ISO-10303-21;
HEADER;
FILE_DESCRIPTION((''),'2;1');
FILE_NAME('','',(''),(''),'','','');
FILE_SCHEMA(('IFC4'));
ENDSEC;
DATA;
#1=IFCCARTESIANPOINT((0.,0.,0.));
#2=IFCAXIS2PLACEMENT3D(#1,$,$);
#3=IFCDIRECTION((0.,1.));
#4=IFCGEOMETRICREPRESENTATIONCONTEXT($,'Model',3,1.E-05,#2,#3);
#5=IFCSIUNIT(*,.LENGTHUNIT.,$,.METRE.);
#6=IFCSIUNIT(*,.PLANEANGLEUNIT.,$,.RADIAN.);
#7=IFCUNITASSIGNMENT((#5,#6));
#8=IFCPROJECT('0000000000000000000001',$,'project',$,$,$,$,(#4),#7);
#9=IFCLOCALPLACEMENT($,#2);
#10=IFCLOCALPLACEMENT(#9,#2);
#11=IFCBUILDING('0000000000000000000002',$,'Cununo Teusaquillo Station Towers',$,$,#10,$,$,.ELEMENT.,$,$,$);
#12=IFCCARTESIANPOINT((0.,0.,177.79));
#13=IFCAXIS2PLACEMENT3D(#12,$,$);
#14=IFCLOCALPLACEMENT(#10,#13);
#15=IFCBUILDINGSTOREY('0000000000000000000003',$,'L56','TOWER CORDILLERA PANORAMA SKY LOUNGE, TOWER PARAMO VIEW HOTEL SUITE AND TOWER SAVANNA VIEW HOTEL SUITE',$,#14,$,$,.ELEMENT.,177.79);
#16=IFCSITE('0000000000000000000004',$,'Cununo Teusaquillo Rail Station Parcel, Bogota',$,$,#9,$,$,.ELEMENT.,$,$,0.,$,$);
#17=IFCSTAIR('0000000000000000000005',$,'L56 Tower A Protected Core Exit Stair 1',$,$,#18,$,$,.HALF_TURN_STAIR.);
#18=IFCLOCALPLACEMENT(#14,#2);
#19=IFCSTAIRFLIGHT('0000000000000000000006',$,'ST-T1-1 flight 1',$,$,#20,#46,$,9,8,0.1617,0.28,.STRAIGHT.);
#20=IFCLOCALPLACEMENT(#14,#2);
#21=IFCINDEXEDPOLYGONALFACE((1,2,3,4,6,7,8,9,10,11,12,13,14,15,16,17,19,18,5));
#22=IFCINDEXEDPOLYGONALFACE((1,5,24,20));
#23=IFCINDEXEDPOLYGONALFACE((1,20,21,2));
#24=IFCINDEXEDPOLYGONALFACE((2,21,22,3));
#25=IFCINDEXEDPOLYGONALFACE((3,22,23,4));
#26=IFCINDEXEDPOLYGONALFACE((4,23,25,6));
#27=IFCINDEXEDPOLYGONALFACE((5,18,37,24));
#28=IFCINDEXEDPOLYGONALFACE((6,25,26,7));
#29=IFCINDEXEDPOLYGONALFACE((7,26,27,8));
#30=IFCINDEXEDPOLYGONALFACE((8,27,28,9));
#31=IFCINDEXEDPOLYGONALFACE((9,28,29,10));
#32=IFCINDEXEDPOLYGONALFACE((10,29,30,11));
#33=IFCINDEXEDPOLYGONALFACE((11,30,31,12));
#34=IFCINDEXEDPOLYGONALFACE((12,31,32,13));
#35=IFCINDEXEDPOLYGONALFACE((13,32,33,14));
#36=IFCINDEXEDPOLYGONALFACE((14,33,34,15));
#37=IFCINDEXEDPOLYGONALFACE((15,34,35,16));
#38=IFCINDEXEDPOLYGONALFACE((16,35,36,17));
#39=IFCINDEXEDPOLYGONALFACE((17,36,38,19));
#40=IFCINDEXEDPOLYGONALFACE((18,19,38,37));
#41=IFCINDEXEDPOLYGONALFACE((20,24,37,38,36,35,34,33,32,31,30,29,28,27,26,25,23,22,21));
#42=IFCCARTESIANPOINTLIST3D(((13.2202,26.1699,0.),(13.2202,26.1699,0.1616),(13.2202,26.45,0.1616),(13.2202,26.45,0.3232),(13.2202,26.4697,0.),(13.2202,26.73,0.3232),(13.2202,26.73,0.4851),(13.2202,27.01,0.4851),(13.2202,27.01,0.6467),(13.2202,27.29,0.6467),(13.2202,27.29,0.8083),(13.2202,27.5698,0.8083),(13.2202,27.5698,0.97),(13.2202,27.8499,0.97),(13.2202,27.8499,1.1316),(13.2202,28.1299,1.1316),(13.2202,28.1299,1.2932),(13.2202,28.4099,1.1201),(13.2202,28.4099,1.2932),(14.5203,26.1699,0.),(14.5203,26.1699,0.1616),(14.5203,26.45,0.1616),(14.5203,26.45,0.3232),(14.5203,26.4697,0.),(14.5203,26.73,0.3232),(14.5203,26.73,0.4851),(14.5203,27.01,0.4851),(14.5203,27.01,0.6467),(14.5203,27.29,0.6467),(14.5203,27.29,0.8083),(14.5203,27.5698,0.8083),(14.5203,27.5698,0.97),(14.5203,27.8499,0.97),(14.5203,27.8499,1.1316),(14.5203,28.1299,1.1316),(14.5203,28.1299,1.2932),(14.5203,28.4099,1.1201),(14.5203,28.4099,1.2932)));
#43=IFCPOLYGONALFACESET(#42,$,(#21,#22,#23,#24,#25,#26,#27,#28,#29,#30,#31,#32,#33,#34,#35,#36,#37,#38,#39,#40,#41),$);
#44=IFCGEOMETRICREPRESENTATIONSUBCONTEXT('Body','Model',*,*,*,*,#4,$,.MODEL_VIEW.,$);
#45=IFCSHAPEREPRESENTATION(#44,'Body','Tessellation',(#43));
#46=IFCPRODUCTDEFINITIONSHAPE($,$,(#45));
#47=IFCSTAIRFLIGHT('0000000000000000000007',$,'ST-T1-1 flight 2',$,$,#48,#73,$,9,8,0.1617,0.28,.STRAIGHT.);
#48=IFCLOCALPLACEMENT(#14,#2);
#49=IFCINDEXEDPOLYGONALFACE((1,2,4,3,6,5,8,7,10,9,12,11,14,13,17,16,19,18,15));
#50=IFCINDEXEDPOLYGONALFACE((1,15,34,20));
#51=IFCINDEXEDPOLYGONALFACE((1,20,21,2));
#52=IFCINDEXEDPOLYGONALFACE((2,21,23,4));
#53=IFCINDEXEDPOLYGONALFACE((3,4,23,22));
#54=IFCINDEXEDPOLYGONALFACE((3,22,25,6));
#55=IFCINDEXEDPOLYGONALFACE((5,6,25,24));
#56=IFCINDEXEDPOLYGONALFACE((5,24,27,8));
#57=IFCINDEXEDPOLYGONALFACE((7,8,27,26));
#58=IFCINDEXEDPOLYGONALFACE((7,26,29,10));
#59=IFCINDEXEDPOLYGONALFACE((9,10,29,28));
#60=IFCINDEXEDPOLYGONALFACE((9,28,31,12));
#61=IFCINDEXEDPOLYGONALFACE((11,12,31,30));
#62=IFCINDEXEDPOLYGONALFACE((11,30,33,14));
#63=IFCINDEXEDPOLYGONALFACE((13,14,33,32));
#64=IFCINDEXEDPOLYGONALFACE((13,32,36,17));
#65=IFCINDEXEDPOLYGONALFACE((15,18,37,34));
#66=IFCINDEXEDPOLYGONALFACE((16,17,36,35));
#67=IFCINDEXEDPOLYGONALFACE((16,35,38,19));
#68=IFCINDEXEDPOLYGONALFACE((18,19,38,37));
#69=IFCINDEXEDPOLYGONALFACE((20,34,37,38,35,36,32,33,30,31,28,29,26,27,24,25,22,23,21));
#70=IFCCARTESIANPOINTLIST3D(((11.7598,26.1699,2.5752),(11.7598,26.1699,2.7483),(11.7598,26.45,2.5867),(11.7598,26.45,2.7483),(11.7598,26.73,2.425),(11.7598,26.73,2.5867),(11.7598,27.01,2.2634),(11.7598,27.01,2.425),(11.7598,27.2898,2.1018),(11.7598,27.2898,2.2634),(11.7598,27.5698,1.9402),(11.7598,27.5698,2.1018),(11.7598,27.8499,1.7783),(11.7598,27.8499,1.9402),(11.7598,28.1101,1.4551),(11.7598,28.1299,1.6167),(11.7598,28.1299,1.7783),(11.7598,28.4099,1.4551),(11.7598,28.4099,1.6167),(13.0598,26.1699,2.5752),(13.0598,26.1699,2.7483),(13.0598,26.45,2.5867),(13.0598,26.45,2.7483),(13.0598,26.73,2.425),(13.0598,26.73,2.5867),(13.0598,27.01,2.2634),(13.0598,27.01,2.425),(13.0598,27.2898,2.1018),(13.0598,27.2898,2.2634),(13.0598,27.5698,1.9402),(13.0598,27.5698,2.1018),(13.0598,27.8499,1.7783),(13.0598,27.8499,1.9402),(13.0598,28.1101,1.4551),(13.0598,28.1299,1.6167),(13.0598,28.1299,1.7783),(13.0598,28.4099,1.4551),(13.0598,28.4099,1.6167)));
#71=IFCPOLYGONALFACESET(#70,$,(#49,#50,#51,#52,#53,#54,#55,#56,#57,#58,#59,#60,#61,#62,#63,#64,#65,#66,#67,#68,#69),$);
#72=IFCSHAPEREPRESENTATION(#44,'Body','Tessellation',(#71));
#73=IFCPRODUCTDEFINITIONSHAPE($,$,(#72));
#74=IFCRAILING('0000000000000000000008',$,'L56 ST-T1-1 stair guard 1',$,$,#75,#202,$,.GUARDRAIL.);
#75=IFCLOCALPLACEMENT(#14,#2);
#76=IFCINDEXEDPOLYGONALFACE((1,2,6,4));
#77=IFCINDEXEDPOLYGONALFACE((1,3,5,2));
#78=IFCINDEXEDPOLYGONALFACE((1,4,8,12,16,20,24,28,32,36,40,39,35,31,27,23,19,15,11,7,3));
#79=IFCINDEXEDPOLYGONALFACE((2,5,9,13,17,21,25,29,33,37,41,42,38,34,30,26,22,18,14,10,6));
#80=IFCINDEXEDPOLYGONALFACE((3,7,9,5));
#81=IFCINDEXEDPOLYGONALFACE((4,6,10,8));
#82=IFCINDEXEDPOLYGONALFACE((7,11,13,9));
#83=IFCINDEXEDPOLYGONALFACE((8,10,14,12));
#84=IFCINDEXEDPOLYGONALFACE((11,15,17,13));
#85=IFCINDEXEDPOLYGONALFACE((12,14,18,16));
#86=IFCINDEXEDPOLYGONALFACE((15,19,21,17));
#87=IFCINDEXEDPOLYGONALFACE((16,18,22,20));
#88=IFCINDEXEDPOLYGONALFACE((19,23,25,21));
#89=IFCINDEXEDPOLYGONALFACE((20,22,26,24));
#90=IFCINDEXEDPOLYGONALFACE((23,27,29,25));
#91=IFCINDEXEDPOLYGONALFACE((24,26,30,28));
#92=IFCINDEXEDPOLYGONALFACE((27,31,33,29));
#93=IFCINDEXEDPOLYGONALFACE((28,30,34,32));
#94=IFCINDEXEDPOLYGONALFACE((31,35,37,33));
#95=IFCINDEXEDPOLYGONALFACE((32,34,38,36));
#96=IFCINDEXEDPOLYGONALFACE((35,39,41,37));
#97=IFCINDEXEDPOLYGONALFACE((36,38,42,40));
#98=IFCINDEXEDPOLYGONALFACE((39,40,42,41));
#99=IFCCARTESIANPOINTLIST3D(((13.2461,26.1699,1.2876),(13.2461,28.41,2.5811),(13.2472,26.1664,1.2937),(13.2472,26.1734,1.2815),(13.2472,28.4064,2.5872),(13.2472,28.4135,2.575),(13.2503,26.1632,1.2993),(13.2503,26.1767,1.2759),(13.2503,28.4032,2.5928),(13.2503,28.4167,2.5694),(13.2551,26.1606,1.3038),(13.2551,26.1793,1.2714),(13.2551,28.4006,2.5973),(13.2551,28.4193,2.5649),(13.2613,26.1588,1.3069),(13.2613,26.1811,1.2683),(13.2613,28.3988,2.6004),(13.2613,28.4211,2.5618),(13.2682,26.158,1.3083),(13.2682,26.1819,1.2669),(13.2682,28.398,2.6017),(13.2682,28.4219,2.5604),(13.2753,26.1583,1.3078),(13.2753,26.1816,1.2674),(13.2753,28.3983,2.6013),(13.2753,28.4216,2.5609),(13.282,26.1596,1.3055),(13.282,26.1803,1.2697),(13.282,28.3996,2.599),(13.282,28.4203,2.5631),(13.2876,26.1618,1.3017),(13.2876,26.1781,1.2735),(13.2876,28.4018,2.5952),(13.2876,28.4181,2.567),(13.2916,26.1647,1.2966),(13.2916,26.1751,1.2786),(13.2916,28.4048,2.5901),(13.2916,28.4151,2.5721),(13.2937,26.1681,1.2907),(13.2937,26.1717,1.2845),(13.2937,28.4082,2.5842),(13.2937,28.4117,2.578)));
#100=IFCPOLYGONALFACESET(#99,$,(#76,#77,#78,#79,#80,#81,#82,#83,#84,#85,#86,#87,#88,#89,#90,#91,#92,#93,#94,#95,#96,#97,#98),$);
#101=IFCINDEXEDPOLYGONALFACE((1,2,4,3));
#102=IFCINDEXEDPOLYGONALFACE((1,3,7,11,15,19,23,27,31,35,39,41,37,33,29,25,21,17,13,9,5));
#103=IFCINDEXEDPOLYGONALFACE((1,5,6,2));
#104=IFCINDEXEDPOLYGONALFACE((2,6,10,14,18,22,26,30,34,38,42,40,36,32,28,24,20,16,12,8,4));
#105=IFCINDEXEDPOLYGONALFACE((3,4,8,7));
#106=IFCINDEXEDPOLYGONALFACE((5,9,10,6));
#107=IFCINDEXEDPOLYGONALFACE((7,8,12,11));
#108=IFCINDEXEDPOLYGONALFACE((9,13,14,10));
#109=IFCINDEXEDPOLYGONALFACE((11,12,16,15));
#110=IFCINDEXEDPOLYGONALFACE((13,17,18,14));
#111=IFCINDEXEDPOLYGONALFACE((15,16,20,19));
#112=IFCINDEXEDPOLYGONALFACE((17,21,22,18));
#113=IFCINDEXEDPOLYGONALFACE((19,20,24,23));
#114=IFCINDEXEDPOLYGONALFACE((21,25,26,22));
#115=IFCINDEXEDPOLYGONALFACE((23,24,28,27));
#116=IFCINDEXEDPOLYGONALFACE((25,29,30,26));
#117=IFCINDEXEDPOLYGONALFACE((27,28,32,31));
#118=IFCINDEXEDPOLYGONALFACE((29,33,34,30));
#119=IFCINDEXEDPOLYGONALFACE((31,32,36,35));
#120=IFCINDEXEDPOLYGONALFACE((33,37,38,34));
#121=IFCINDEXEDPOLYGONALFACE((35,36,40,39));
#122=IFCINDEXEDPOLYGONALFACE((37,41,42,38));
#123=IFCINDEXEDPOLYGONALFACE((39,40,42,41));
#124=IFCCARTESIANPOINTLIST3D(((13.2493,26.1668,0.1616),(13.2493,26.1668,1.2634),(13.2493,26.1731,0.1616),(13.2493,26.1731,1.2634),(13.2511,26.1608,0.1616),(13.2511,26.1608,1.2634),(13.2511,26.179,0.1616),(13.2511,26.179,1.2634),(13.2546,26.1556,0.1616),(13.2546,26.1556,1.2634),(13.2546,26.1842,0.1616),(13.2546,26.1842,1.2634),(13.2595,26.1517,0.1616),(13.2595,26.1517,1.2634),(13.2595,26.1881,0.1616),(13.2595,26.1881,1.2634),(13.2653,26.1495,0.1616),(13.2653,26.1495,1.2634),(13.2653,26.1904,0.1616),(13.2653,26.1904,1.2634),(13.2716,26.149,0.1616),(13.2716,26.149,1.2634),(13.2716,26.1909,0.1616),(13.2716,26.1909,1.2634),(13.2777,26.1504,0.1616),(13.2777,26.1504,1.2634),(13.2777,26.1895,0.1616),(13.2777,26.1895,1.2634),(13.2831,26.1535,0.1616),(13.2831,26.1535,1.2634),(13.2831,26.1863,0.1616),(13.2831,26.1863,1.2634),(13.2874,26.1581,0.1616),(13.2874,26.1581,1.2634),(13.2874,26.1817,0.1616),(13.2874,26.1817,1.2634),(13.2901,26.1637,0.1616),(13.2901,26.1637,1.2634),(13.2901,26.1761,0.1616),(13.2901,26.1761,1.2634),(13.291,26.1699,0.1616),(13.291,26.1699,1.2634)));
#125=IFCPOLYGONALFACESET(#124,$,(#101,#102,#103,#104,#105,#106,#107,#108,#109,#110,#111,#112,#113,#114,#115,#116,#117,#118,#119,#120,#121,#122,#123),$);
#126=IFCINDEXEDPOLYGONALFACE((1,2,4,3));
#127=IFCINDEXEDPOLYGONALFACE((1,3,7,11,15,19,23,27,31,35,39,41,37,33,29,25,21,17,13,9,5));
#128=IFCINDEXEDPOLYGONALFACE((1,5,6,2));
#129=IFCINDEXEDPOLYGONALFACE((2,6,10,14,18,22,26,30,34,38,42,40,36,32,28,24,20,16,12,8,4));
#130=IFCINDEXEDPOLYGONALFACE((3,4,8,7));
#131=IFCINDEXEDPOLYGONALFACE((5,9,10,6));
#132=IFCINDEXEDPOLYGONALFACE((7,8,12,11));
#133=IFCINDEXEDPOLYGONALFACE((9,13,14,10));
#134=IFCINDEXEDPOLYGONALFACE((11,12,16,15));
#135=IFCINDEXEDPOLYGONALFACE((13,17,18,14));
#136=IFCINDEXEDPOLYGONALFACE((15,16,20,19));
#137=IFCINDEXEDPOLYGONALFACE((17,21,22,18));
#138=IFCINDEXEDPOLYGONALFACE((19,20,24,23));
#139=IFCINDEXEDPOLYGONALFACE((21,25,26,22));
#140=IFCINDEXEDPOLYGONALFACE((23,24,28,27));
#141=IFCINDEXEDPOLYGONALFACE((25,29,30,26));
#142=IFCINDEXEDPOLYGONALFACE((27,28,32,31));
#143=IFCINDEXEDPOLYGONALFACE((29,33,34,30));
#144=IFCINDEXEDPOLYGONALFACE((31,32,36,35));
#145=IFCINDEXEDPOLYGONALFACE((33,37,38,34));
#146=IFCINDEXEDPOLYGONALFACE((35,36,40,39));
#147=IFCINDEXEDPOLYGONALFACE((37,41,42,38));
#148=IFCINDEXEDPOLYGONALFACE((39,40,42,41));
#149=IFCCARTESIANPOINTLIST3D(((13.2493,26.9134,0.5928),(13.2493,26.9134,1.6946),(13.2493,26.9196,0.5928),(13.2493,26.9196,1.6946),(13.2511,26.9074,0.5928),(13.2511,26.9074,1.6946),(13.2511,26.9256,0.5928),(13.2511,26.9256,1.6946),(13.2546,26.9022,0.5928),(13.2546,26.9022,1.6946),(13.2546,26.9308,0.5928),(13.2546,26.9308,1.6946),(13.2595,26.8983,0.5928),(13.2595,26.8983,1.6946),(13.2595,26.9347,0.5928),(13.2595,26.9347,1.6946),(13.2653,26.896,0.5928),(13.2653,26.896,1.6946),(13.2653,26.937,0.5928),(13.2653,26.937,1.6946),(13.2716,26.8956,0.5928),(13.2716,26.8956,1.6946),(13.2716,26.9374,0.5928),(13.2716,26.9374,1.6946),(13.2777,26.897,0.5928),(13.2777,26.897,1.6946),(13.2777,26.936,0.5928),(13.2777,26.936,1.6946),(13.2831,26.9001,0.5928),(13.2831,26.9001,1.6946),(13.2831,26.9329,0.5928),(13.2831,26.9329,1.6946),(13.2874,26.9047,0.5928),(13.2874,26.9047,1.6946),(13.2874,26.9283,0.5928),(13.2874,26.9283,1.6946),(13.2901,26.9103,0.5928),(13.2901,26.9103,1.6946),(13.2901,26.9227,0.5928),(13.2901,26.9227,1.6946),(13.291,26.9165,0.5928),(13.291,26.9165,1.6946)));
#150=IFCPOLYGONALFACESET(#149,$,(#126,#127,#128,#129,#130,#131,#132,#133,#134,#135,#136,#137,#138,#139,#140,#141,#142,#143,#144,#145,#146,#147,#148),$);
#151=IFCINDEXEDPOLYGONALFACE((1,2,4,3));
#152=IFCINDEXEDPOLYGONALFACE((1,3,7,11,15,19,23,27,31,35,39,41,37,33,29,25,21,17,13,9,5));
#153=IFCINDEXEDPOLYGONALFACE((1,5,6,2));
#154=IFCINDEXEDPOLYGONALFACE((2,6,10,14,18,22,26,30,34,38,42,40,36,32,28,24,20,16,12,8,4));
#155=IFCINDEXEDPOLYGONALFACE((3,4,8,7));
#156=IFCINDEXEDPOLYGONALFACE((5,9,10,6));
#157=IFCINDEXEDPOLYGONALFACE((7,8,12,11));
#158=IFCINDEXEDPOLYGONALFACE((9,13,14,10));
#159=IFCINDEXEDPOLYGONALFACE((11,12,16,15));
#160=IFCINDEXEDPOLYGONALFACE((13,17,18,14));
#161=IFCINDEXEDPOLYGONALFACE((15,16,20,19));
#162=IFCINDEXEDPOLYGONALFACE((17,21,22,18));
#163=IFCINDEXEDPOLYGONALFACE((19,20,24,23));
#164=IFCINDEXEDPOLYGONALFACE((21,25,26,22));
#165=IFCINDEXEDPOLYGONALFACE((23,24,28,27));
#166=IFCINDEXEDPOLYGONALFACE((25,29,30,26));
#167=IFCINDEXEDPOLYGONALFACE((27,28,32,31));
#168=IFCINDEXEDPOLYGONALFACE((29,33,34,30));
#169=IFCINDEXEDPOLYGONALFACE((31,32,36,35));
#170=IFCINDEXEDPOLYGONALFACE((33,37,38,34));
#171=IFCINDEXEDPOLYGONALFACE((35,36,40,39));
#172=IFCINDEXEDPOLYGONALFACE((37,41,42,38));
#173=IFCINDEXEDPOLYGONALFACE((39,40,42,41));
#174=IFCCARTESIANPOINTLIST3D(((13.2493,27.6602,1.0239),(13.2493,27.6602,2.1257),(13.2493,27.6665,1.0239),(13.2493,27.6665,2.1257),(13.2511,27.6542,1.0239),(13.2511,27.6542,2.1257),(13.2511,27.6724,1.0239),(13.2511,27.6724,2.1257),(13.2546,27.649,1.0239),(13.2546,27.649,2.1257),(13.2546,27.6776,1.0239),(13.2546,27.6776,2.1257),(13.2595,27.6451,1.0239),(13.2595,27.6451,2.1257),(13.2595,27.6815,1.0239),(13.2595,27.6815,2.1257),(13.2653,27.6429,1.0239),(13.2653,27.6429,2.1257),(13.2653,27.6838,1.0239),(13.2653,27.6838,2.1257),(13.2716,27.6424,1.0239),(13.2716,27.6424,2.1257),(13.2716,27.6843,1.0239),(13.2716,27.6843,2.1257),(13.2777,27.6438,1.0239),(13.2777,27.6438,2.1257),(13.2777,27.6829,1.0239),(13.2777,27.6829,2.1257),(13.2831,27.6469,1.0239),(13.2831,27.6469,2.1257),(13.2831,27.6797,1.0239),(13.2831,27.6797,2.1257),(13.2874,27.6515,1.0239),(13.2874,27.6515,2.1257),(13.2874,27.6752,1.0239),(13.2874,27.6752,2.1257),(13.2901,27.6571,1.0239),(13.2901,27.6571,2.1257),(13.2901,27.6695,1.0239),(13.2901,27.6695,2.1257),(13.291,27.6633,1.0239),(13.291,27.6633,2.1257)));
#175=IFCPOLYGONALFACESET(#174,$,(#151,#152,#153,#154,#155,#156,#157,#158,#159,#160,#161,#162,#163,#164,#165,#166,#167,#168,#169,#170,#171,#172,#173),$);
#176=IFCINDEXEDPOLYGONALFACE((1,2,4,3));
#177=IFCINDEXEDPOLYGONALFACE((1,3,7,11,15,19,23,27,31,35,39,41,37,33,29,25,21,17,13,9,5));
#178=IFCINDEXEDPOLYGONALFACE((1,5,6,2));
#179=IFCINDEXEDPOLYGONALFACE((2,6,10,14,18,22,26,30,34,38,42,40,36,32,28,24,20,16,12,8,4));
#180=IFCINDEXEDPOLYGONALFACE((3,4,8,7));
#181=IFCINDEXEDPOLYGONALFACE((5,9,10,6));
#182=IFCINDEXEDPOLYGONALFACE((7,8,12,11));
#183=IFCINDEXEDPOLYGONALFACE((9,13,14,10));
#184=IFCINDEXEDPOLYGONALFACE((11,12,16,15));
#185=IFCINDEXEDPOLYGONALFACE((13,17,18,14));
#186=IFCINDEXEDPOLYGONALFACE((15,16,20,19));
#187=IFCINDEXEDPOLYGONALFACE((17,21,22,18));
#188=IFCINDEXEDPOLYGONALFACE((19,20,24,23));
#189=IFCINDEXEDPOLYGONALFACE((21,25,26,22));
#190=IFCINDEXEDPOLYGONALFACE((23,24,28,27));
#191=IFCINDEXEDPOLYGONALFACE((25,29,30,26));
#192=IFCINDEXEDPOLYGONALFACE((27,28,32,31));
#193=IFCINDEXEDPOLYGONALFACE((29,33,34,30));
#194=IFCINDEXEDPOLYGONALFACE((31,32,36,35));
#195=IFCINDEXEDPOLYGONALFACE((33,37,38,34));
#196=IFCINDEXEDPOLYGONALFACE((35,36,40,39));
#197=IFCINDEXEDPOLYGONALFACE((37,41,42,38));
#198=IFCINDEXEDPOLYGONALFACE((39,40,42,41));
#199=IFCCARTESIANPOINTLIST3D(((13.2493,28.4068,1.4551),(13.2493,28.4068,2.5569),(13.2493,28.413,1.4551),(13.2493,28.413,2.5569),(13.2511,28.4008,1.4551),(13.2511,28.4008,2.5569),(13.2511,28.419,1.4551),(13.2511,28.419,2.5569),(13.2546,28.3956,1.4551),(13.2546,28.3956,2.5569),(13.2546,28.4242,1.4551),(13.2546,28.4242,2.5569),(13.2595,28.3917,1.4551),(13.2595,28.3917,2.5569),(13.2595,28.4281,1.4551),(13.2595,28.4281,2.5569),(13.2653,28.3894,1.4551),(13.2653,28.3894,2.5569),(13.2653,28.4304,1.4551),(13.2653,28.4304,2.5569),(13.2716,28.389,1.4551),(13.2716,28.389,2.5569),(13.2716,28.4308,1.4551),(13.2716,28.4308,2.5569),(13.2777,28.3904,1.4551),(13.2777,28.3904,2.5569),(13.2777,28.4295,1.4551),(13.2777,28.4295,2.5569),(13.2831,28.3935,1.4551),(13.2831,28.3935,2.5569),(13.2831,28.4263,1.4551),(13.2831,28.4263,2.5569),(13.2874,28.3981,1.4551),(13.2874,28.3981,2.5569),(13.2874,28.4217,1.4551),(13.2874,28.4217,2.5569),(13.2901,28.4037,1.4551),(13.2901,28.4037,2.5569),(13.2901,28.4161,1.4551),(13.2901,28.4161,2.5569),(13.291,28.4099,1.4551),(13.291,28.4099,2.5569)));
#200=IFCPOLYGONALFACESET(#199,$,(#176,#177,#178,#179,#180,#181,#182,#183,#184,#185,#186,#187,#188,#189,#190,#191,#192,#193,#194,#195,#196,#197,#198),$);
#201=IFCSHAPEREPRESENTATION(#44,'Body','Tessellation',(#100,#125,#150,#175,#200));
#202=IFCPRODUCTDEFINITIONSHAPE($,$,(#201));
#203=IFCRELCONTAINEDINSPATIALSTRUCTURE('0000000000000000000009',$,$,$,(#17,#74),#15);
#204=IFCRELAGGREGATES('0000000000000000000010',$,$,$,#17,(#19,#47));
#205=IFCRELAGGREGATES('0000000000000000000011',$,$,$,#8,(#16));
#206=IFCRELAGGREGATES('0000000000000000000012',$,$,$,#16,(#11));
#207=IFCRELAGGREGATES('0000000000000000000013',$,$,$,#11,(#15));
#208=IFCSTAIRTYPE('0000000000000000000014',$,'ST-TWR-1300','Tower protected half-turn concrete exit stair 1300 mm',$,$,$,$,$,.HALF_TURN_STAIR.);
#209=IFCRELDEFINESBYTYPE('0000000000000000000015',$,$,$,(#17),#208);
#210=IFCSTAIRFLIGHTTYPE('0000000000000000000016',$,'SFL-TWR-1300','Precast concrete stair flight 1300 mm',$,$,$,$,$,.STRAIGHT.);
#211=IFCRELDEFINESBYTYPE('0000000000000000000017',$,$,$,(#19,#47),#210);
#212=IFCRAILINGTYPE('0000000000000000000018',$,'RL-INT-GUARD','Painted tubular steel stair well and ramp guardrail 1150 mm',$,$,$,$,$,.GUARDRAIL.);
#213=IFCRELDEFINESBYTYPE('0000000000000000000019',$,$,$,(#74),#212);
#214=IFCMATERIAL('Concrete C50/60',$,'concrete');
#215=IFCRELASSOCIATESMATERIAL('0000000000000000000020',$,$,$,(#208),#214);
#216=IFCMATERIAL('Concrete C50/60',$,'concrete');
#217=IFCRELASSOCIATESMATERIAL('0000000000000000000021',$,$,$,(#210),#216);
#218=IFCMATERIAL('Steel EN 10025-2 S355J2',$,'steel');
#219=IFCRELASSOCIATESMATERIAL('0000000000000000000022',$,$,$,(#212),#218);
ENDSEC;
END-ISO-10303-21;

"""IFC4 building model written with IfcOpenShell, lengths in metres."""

from ifc_helpers import new_model, si_unit, direction, frame, origin, origin_2d, place, context, subcontext, project, spatial, polyline, circle, outline, extrude, material, type_object, element, aggregate, save


model = new_model("IFC4")

# Units and contexts
model_context = context("Model", 3, precision=1e-05, world=origin(), true_north=direction((0.0, 1.0)))
body_context = subcontext(model_context, "Body", "Model", "MODEL_VIEW")
ifc_project = project(units=[si_unit("LENGTHUNIT", "METRE"), si_unit("PLANEANGLEUNIT", "RADIAN")], contexts=[model_context])

# Site, building, storey
site_placement = place(None, origin())
site = spatial("IfcSite", under=ifc_project, at=site_placement, Name="Cununo Teusaquillo Rail Station Parcel, Bogota", CompositionType="ELEMENT", RefElevation=0.0)
building_placement = place(site_placement, origin())
building = spatial("IfcBuilding", under=site, at=building_placement, Name="Cununo Teusaquillo Station Towers", CompositionType="ELEMENT")
storey_placement = place(building_placement, frame((0.0, 0.0, 177.79)))
storey = spatial("IfcBuildingStorey", under=building, at=storey_placement, Name="L56", Description="TOWER CORDILLERA PANORAMA SKY LOUNGE, TOWER PARAMO VIEW HOTEL SUITE AND TOWER SAVANNA VIEW HOTEL SUITE", CompositionType="ELEMENT", Elevation=177.79)

# Stair, stair flights
ifc_material_1 = material(Name="Concrete C50/60", Category="concrete")
stair_type = type_object("IfcStairType", Name="ST-TWR-1300", Description="Tower protected half-turn concrete exit stair 1300 mm", PredefinedType="HALF_TURN_STAIR", material=ifc_material_1)
stair_placement = place(storey_placement, origin())
stair = element("IfcStair", 1, at=stair_placement, inside=storey, type_object=stair_type, Name="L56 Tower A Protected Core Exit Stair 1", PredefinedType="HALF_TURN_STAIR")
ifc_material_2 = material(Name="Concrete C50/60", Category="concrete")
stair_flight_type = type_object("IfcStairFlightType", Name="SFL-TWR-1300", Description="Precast concrete stair flight 1300 mm", PredefinedType="STRAIGHT", material=ifc_material_2)
stair_flight_1_placement = place(storey_placement, frame((13.8701, 26.1699, 0.0), z_axis=(0.0, 0.0, 1.0), x_axis=(0.0, 1.0, 0.0)))
stair_flight_1 = element("IfcStairFlight", 2, at=stair_flight_1_placement, type_object=stair_flight_type, Name="ST-T1-1 flight 1", NumberOfRisers=9, NumberOfTreads=8, PredefinedType="STRAIGHT", RiserHeight=0.1617, TreadLength=0.28, context=body_context, shape_type="SweptSolid", body=[
    extrude(outline(polyline([(0.0, 0.0), (0.0, 0.1616), (0.28, 0.1616), (0.28, 0.3232), (0.5601, 0.3232), (0.5601, 0.4851), (0.8401, 0.4851), (0.8401, 0.6467), (1.1201, 0.6467), (1.1201, 0.8083), (1.3999, 0.8083), (1.3999, 0.97), (1.6799, 0.97), (1.6799, 1.1316), (1.96, 1.1316), (1.96, 1.2932), (2.24, 1.2932), (2.24, 1.4551), (2.24, 1.1201), (0.2998, 0.0), (0.0, 0.0)])), frame((0.0, 0.6499, 0.0), z_axis=(0.0, -1.0, 0.0), x_axis=(1.0, 0.0, 0.0)), (0.0, 0.0, 1.0), 1.3),
])
stair_flight_2_placement = place(storey_placement, frame((12.4099, 28.4099, 1.4551), z_axis=(0.0, 0.0, 1.0), x_axis=(0.0, -1.0, 0.0)))
stair_flight_2 = element("IfcStairFlight", 3, at=stair_flight_2_placement, type_object=stair_flight_type, Name="ST-T1-1 flight 2", NumberOfRisers=9, NumberOfTreads=8, PredefinedType="STRAIGHT", RiserHeight=0.1617, TreadLength=0.28, context=body_context, shape_type="SweptSolid", body=[
    extrude(outline(polyline([(0.0, 0.0), (0.0, 0.1616), (0.28, 0.1616), (0.28, 0.3232), (0.5601, 0.3232), (0.5601, 0.4851), (0.8401, 0.4851), (0.8401, 0.6467), (1.1201, 0.6467), (1.1201, 0.8083), (1.3999, 0.8083), (1.3999, 0.97), (1.6799, 0.97), (1.6799, 1.1316), (1.96, 1.1316), (1.96, 1.2932), (2.24, 1.2932), (2.24, 1.4551), (2.24, 1.1201), (0.2998, 0.0), (0.0, 0.0)])), frame((0.0, 0.6499, 0.0), z_axis=(0.0, -1.0, 0.0), x_axis=(1.0, 0.0, 0.0)), (0.0, 0.0, 1.0), 1.3),
])
aggregate(stair, [stair_flight_1, stair_flight_2])

# Railing
ifc_material_3 = material(Name="Steel EN 10025-2 S355J2", Category="steel")
railing_type_1 = type_object("IfcRailingType", Name="RL-INT-GUARD", Description="Painted tubular steel stair well and ramp guardrail 1150 mm", PredefinedType="GUARDRAIL", material=ifc_material_3)
railing_1_placement = place(storey_placement, frame((13.27, 26.1699, 0.1616)))
element("IfcRailing", 4, at=railing_1_placement, inside=storey, type_object=railing_type_1, Name="L56 ST-T1-1 stair guard 1", PredefinedType="GUARDRAIL", context=body_context, shape_type="SweptSolid", body=[
    extrude(circle(Radius=0.0239, at=origin_2d()), frame((0.0, 0.0, 1.126), z_axis=(0.0, 0.865992, 0.500057), x_axis=(-1.0, 0.0, 0.0)), (0.0, 0.0, 1.0), 2.5867),
    extrude(circle(Radius=0.021, at=origin_2d()), origin(), (0.0, 0.0, 1.0), 1.1018),
    extrude(circle(Radius=0.021, at=origin_2d()), frame((0.0, 0.7466, 0.4312)), (0.0, 0.0, 1.0), 1.1018),
    extrude(circle(Radius=0.021, at=origin_2d()), frame((0.0, 1.4934, 0.8623)), (0.0, 0.0, 1.0), 1.1018),
    extrude(circle(Radius=0.021, at=origin_2d()), frame((0.0, 2.24, 1.2935)), (0.0, 0.0, 1.0), 1.1018),
])

save(model, "model.ifc")
